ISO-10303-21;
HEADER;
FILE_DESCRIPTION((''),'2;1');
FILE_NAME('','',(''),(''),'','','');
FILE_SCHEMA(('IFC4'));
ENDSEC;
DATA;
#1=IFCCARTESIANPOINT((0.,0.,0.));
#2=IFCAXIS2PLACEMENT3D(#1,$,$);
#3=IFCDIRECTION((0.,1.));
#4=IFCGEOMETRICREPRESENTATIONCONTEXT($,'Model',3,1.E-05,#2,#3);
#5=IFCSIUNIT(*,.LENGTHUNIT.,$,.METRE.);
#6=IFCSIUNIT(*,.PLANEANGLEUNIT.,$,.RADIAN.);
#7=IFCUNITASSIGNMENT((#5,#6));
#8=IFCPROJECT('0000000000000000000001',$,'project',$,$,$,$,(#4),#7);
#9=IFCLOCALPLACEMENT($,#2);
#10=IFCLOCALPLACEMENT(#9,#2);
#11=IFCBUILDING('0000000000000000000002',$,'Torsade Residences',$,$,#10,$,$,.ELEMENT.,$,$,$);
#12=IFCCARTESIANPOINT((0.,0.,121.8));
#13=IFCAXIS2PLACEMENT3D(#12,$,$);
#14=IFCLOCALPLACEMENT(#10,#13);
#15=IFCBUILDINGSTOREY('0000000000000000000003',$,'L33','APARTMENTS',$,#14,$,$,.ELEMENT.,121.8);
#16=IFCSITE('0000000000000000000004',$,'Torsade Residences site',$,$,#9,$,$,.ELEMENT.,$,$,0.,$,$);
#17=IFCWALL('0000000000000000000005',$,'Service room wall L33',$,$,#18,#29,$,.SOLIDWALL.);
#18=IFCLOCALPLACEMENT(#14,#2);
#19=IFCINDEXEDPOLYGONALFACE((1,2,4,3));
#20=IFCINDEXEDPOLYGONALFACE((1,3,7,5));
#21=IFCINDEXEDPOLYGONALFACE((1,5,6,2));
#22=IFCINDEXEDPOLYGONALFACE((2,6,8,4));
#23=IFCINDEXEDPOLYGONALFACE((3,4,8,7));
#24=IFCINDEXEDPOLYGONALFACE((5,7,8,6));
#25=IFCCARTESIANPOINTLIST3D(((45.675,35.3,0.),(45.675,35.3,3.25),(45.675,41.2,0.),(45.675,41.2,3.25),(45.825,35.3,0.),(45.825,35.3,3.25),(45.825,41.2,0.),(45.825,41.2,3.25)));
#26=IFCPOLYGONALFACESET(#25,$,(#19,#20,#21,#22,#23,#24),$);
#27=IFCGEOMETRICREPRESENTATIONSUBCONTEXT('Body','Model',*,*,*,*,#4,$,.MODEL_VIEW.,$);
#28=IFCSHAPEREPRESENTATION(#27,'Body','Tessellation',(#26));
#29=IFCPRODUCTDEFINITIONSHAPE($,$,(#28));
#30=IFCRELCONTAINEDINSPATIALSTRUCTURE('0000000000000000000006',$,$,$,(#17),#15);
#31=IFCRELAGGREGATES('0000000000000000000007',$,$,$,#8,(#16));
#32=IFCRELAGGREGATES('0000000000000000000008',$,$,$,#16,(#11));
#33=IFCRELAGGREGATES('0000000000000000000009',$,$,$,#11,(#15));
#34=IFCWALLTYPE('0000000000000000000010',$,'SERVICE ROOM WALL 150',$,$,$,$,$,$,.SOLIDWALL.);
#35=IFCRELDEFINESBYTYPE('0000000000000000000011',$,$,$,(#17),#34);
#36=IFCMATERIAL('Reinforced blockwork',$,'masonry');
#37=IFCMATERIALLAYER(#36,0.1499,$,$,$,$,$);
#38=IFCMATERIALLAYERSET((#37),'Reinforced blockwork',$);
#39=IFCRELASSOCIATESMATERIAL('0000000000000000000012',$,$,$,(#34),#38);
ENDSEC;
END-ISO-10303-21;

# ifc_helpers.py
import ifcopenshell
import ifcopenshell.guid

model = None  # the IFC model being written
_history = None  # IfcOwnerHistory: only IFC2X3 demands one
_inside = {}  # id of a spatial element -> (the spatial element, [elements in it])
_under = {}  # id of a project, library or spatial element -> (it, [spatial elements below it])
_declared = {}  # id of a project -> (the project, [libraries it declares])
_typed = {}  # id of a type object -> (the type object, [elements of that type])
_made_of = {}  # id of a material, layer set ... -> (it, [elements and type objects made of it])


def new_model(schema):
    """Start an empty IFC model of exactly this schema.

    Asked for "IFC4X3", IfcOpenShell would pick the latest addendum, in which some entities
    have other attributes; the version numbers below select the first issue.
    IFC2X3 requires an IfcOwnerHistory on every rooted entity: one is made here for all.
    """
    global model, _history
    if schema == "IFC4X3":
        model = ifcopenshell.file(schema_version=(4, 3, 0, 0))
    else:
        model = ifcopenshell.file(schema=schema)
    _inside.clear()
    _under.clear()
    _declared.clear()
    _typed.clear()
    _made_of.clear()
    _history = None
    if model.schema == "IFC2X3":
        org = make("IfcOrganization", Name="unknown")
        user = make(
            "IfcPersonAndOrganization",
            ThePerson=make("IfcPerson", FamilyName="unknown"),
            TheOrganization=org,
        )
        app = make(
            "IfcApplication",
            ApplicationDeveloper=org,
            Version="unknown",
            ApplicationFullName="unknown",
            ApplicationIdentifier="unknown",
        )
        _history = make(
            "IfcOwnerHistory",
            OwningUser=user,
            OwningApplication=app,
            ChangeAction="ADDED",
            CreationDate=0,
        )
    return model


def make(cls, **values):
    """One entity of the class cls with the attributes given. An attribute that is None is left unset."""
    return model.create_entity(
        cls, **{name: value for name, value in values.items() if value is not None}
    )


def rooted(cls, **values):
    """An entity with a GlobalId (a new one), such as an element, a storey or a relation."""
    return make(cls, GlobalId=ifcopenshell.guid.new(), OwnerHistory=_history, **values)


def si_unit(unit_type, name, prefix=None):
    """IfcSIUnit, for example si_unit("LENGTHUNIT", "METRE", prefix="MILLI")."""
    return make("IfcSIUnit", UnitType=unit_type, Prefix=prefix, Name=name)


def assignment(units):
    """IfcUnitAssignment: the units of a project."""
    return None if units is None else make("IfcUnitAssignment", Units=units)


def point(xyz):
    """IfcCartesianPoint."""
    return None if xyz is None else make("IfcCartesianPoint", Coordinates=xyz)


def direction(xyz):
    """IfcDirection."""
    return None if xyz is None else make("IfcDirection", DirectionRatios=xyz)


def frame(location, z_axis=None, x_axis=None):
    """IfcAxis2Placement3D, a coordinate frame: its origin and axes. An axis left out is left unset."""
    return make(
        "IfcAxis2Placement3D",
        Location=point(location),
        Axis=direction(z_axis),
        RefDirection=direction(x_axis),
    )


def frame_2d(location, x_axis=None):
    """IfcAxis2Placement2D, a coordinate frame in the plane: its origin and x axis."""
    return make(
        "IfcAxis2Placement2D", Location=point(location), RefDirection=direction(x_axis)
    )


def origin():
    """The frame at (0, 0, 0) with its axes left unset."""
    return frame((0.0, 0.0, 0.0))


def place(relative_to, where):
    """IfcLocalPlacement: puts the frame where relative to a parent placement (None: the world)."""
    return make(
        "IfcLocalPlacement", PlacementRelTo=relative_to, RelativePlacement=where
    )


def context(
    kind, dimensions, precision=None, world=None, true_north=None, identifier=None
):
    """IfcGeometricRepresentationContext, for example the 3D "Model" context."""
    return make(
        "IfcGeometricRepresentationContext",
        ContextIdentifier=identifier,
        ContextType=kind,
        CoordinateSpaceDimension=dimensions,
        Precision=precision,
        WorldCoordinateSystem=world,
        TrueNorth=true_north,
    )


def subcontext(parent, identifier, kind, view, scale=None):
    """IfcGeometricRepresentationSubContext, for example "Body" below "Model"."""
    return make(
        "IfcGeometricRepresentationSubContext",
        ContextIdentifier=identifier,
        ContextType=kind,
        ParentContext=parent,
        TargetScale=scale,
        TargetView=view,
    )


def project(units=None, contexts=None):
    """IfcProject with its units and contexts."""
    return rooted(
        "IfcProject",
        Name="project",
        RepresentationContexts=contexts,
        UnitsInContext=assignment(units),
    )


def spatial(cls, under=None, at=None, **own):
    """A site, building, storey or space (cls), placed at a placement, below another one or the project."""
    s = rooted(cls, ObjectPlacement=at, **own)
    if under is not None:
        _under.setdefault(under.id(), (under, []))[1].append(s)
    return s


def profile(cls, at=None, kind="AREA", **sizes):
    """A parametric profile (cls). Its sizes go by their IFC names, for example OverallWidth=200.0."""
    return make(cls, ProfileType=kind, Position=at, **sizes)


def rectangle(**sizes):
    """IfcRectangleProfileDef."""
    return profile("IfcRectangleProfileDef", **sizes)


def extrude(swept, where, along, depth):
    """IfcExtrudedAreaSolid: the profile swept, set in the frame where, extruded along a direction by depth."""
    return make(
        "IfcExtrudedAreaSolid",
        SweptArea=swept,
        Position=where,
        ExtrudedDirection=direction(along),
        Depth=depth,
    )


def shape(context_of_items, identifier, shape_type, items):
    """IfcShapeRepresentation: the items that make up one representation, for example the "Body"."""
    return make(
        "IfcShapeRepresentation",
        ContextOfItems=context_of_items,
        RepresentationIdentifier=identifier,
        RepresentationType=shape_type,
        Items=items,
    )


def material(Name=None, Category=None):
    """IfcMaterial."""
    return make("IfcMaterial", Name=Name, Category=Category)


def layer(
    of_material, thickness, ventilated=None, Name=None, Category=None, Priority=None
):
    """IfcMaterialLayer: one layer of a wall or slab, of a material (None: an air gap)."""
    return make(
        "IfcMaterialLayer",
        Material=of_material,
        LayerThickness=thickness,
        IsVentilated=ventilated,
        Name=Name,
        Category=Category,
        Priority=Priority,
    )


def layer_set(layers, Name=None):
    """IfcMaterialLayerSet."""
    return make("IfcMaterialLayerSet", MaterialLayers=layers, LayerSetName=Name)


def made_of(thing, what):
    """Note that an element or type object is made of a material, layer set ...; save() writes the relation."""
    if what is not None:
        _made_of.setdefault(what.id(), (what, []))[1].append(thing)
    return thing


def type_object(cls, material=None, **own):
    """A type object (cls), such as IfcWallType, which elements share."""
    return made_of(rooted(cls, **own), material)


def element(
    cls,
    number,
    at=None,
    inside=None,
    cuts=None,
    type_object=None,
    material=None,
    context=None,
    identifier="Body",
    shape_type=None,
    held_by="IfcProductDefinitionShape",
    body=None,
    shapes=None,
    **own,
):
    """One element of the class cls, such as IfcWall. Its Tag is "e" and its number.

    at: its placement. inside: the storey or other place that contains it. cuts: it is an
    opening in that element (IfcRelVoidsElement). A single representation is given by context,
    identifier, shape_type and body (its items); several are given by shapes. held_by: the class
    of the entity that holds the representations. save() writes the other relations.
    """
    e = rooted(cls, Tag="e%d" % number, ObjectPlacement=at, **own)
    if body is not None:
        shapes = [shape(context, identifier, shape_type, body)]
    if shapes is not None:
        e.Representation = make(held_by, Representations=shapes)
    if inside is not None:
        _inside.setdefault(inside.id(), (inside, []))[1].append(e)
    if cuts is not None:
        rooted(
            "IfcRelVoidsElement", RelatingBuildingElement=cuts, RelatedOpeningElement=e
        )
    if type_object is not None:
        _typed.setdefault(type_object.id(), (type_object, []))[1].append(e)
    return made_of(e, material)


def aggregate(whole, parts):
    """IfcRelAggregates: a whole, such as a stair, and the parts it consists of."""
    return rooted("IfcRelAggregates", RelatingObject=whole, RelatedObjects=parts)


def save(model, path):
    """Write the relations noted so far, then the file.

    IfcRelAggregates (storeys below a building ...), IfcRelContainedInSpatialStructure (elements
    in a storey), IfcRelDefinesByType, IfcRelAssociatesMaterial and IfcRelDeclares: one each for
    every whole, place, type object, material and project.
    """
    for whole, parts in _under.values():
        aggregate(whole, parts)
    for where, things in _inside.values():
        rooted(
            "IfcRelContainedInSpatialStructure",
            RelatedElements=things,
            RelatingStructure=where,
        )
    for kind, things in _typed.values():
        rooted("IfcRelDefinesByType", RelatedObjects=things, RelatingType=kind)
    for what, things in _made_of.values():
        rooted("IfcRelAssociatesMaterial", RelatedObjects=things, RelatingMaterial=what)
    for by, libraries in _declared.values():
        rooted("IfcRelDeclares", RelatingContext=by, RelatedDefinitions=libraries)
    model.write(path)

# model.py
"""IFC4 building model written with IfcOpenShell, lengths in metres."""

from ifc_helpers import new_model, si_unit, direction, frame, frame_2d, origin, place, context, subcontext, project, spatial, rectangle, extrude, material, layer, layer_set, type_object, element, save


model = new_model("IFC4")

# Units and contexts
model_context = context("Model", 3, precision=1e-05, world=origin(), true_north=direction((0.0, 1.0)))
body_context = subcontext(model_context, "Body", "Model", "MODEL_VIEW")
ifc_project = project(units=[si_unit("LENGTHUNIT", "METRE"), si_unit("PLANEANGLEUNIT", "RADIAN")], contexts=[model_context])

# Site, building, storey
site_placement = place(None, origin())
site = spatial("IfcSite", under=ifc_project, at=site_placement, Name="Torsade Residences site", CompositionType="ELEMENT", RefElevation=0.0)
building_placement = place(site_placement, origin())
building = spatial("IfcBuilding", under=site, at=building_placement, Name="Torsade Residences", CompositionType="ELEMENT")
storey_placement = place(building_placement, frame((0.0, 0.0, 121.8)))
storey = spatial("IfcBuildingStorey", under=building, at=storey_placement, Name="L33", Description="APARTMENTS", CompositionType="ELEMENT", Elevation=121.8)

# Wall
ifc_material_1 = material(Name="Reinforced blockwork", Category="masonry")
ifc_layer_1 = layer(ifc_material_1, 0.1499)
ifc_layer_set_1 = layer_set([ifc_layer_1], Name="Reinforced blockwork")
wall_type_1 = type_object("IfcWallType", Name="SERVICE ROOM WALL 150", PredefinedType="SOLIDWALL", material=ifc_layer_set_1)
wall_1_placement = place(storey_placement, frame((45.75, 41.2, 0.0), z_axis=(0.0, 0.0, 1.0), x_axis=(0.0, -1.0, 0.0)))
element("IfcWall", 1, at=wall_1_placement, inside=storey, type_object=wall_type_1, Name="Service room wall L33", PredefinedType="SOLIDWALL", context=body_context, shape_type="SweptSolid", body=[
    extrude(rectangle(XDim=5.8999, YDim=0.1499, at=frame_2d((2.95, 0.0))), origin(), (0.0, 0.0, 1.0), 3.25),
])

save(model, "model.ifc")
